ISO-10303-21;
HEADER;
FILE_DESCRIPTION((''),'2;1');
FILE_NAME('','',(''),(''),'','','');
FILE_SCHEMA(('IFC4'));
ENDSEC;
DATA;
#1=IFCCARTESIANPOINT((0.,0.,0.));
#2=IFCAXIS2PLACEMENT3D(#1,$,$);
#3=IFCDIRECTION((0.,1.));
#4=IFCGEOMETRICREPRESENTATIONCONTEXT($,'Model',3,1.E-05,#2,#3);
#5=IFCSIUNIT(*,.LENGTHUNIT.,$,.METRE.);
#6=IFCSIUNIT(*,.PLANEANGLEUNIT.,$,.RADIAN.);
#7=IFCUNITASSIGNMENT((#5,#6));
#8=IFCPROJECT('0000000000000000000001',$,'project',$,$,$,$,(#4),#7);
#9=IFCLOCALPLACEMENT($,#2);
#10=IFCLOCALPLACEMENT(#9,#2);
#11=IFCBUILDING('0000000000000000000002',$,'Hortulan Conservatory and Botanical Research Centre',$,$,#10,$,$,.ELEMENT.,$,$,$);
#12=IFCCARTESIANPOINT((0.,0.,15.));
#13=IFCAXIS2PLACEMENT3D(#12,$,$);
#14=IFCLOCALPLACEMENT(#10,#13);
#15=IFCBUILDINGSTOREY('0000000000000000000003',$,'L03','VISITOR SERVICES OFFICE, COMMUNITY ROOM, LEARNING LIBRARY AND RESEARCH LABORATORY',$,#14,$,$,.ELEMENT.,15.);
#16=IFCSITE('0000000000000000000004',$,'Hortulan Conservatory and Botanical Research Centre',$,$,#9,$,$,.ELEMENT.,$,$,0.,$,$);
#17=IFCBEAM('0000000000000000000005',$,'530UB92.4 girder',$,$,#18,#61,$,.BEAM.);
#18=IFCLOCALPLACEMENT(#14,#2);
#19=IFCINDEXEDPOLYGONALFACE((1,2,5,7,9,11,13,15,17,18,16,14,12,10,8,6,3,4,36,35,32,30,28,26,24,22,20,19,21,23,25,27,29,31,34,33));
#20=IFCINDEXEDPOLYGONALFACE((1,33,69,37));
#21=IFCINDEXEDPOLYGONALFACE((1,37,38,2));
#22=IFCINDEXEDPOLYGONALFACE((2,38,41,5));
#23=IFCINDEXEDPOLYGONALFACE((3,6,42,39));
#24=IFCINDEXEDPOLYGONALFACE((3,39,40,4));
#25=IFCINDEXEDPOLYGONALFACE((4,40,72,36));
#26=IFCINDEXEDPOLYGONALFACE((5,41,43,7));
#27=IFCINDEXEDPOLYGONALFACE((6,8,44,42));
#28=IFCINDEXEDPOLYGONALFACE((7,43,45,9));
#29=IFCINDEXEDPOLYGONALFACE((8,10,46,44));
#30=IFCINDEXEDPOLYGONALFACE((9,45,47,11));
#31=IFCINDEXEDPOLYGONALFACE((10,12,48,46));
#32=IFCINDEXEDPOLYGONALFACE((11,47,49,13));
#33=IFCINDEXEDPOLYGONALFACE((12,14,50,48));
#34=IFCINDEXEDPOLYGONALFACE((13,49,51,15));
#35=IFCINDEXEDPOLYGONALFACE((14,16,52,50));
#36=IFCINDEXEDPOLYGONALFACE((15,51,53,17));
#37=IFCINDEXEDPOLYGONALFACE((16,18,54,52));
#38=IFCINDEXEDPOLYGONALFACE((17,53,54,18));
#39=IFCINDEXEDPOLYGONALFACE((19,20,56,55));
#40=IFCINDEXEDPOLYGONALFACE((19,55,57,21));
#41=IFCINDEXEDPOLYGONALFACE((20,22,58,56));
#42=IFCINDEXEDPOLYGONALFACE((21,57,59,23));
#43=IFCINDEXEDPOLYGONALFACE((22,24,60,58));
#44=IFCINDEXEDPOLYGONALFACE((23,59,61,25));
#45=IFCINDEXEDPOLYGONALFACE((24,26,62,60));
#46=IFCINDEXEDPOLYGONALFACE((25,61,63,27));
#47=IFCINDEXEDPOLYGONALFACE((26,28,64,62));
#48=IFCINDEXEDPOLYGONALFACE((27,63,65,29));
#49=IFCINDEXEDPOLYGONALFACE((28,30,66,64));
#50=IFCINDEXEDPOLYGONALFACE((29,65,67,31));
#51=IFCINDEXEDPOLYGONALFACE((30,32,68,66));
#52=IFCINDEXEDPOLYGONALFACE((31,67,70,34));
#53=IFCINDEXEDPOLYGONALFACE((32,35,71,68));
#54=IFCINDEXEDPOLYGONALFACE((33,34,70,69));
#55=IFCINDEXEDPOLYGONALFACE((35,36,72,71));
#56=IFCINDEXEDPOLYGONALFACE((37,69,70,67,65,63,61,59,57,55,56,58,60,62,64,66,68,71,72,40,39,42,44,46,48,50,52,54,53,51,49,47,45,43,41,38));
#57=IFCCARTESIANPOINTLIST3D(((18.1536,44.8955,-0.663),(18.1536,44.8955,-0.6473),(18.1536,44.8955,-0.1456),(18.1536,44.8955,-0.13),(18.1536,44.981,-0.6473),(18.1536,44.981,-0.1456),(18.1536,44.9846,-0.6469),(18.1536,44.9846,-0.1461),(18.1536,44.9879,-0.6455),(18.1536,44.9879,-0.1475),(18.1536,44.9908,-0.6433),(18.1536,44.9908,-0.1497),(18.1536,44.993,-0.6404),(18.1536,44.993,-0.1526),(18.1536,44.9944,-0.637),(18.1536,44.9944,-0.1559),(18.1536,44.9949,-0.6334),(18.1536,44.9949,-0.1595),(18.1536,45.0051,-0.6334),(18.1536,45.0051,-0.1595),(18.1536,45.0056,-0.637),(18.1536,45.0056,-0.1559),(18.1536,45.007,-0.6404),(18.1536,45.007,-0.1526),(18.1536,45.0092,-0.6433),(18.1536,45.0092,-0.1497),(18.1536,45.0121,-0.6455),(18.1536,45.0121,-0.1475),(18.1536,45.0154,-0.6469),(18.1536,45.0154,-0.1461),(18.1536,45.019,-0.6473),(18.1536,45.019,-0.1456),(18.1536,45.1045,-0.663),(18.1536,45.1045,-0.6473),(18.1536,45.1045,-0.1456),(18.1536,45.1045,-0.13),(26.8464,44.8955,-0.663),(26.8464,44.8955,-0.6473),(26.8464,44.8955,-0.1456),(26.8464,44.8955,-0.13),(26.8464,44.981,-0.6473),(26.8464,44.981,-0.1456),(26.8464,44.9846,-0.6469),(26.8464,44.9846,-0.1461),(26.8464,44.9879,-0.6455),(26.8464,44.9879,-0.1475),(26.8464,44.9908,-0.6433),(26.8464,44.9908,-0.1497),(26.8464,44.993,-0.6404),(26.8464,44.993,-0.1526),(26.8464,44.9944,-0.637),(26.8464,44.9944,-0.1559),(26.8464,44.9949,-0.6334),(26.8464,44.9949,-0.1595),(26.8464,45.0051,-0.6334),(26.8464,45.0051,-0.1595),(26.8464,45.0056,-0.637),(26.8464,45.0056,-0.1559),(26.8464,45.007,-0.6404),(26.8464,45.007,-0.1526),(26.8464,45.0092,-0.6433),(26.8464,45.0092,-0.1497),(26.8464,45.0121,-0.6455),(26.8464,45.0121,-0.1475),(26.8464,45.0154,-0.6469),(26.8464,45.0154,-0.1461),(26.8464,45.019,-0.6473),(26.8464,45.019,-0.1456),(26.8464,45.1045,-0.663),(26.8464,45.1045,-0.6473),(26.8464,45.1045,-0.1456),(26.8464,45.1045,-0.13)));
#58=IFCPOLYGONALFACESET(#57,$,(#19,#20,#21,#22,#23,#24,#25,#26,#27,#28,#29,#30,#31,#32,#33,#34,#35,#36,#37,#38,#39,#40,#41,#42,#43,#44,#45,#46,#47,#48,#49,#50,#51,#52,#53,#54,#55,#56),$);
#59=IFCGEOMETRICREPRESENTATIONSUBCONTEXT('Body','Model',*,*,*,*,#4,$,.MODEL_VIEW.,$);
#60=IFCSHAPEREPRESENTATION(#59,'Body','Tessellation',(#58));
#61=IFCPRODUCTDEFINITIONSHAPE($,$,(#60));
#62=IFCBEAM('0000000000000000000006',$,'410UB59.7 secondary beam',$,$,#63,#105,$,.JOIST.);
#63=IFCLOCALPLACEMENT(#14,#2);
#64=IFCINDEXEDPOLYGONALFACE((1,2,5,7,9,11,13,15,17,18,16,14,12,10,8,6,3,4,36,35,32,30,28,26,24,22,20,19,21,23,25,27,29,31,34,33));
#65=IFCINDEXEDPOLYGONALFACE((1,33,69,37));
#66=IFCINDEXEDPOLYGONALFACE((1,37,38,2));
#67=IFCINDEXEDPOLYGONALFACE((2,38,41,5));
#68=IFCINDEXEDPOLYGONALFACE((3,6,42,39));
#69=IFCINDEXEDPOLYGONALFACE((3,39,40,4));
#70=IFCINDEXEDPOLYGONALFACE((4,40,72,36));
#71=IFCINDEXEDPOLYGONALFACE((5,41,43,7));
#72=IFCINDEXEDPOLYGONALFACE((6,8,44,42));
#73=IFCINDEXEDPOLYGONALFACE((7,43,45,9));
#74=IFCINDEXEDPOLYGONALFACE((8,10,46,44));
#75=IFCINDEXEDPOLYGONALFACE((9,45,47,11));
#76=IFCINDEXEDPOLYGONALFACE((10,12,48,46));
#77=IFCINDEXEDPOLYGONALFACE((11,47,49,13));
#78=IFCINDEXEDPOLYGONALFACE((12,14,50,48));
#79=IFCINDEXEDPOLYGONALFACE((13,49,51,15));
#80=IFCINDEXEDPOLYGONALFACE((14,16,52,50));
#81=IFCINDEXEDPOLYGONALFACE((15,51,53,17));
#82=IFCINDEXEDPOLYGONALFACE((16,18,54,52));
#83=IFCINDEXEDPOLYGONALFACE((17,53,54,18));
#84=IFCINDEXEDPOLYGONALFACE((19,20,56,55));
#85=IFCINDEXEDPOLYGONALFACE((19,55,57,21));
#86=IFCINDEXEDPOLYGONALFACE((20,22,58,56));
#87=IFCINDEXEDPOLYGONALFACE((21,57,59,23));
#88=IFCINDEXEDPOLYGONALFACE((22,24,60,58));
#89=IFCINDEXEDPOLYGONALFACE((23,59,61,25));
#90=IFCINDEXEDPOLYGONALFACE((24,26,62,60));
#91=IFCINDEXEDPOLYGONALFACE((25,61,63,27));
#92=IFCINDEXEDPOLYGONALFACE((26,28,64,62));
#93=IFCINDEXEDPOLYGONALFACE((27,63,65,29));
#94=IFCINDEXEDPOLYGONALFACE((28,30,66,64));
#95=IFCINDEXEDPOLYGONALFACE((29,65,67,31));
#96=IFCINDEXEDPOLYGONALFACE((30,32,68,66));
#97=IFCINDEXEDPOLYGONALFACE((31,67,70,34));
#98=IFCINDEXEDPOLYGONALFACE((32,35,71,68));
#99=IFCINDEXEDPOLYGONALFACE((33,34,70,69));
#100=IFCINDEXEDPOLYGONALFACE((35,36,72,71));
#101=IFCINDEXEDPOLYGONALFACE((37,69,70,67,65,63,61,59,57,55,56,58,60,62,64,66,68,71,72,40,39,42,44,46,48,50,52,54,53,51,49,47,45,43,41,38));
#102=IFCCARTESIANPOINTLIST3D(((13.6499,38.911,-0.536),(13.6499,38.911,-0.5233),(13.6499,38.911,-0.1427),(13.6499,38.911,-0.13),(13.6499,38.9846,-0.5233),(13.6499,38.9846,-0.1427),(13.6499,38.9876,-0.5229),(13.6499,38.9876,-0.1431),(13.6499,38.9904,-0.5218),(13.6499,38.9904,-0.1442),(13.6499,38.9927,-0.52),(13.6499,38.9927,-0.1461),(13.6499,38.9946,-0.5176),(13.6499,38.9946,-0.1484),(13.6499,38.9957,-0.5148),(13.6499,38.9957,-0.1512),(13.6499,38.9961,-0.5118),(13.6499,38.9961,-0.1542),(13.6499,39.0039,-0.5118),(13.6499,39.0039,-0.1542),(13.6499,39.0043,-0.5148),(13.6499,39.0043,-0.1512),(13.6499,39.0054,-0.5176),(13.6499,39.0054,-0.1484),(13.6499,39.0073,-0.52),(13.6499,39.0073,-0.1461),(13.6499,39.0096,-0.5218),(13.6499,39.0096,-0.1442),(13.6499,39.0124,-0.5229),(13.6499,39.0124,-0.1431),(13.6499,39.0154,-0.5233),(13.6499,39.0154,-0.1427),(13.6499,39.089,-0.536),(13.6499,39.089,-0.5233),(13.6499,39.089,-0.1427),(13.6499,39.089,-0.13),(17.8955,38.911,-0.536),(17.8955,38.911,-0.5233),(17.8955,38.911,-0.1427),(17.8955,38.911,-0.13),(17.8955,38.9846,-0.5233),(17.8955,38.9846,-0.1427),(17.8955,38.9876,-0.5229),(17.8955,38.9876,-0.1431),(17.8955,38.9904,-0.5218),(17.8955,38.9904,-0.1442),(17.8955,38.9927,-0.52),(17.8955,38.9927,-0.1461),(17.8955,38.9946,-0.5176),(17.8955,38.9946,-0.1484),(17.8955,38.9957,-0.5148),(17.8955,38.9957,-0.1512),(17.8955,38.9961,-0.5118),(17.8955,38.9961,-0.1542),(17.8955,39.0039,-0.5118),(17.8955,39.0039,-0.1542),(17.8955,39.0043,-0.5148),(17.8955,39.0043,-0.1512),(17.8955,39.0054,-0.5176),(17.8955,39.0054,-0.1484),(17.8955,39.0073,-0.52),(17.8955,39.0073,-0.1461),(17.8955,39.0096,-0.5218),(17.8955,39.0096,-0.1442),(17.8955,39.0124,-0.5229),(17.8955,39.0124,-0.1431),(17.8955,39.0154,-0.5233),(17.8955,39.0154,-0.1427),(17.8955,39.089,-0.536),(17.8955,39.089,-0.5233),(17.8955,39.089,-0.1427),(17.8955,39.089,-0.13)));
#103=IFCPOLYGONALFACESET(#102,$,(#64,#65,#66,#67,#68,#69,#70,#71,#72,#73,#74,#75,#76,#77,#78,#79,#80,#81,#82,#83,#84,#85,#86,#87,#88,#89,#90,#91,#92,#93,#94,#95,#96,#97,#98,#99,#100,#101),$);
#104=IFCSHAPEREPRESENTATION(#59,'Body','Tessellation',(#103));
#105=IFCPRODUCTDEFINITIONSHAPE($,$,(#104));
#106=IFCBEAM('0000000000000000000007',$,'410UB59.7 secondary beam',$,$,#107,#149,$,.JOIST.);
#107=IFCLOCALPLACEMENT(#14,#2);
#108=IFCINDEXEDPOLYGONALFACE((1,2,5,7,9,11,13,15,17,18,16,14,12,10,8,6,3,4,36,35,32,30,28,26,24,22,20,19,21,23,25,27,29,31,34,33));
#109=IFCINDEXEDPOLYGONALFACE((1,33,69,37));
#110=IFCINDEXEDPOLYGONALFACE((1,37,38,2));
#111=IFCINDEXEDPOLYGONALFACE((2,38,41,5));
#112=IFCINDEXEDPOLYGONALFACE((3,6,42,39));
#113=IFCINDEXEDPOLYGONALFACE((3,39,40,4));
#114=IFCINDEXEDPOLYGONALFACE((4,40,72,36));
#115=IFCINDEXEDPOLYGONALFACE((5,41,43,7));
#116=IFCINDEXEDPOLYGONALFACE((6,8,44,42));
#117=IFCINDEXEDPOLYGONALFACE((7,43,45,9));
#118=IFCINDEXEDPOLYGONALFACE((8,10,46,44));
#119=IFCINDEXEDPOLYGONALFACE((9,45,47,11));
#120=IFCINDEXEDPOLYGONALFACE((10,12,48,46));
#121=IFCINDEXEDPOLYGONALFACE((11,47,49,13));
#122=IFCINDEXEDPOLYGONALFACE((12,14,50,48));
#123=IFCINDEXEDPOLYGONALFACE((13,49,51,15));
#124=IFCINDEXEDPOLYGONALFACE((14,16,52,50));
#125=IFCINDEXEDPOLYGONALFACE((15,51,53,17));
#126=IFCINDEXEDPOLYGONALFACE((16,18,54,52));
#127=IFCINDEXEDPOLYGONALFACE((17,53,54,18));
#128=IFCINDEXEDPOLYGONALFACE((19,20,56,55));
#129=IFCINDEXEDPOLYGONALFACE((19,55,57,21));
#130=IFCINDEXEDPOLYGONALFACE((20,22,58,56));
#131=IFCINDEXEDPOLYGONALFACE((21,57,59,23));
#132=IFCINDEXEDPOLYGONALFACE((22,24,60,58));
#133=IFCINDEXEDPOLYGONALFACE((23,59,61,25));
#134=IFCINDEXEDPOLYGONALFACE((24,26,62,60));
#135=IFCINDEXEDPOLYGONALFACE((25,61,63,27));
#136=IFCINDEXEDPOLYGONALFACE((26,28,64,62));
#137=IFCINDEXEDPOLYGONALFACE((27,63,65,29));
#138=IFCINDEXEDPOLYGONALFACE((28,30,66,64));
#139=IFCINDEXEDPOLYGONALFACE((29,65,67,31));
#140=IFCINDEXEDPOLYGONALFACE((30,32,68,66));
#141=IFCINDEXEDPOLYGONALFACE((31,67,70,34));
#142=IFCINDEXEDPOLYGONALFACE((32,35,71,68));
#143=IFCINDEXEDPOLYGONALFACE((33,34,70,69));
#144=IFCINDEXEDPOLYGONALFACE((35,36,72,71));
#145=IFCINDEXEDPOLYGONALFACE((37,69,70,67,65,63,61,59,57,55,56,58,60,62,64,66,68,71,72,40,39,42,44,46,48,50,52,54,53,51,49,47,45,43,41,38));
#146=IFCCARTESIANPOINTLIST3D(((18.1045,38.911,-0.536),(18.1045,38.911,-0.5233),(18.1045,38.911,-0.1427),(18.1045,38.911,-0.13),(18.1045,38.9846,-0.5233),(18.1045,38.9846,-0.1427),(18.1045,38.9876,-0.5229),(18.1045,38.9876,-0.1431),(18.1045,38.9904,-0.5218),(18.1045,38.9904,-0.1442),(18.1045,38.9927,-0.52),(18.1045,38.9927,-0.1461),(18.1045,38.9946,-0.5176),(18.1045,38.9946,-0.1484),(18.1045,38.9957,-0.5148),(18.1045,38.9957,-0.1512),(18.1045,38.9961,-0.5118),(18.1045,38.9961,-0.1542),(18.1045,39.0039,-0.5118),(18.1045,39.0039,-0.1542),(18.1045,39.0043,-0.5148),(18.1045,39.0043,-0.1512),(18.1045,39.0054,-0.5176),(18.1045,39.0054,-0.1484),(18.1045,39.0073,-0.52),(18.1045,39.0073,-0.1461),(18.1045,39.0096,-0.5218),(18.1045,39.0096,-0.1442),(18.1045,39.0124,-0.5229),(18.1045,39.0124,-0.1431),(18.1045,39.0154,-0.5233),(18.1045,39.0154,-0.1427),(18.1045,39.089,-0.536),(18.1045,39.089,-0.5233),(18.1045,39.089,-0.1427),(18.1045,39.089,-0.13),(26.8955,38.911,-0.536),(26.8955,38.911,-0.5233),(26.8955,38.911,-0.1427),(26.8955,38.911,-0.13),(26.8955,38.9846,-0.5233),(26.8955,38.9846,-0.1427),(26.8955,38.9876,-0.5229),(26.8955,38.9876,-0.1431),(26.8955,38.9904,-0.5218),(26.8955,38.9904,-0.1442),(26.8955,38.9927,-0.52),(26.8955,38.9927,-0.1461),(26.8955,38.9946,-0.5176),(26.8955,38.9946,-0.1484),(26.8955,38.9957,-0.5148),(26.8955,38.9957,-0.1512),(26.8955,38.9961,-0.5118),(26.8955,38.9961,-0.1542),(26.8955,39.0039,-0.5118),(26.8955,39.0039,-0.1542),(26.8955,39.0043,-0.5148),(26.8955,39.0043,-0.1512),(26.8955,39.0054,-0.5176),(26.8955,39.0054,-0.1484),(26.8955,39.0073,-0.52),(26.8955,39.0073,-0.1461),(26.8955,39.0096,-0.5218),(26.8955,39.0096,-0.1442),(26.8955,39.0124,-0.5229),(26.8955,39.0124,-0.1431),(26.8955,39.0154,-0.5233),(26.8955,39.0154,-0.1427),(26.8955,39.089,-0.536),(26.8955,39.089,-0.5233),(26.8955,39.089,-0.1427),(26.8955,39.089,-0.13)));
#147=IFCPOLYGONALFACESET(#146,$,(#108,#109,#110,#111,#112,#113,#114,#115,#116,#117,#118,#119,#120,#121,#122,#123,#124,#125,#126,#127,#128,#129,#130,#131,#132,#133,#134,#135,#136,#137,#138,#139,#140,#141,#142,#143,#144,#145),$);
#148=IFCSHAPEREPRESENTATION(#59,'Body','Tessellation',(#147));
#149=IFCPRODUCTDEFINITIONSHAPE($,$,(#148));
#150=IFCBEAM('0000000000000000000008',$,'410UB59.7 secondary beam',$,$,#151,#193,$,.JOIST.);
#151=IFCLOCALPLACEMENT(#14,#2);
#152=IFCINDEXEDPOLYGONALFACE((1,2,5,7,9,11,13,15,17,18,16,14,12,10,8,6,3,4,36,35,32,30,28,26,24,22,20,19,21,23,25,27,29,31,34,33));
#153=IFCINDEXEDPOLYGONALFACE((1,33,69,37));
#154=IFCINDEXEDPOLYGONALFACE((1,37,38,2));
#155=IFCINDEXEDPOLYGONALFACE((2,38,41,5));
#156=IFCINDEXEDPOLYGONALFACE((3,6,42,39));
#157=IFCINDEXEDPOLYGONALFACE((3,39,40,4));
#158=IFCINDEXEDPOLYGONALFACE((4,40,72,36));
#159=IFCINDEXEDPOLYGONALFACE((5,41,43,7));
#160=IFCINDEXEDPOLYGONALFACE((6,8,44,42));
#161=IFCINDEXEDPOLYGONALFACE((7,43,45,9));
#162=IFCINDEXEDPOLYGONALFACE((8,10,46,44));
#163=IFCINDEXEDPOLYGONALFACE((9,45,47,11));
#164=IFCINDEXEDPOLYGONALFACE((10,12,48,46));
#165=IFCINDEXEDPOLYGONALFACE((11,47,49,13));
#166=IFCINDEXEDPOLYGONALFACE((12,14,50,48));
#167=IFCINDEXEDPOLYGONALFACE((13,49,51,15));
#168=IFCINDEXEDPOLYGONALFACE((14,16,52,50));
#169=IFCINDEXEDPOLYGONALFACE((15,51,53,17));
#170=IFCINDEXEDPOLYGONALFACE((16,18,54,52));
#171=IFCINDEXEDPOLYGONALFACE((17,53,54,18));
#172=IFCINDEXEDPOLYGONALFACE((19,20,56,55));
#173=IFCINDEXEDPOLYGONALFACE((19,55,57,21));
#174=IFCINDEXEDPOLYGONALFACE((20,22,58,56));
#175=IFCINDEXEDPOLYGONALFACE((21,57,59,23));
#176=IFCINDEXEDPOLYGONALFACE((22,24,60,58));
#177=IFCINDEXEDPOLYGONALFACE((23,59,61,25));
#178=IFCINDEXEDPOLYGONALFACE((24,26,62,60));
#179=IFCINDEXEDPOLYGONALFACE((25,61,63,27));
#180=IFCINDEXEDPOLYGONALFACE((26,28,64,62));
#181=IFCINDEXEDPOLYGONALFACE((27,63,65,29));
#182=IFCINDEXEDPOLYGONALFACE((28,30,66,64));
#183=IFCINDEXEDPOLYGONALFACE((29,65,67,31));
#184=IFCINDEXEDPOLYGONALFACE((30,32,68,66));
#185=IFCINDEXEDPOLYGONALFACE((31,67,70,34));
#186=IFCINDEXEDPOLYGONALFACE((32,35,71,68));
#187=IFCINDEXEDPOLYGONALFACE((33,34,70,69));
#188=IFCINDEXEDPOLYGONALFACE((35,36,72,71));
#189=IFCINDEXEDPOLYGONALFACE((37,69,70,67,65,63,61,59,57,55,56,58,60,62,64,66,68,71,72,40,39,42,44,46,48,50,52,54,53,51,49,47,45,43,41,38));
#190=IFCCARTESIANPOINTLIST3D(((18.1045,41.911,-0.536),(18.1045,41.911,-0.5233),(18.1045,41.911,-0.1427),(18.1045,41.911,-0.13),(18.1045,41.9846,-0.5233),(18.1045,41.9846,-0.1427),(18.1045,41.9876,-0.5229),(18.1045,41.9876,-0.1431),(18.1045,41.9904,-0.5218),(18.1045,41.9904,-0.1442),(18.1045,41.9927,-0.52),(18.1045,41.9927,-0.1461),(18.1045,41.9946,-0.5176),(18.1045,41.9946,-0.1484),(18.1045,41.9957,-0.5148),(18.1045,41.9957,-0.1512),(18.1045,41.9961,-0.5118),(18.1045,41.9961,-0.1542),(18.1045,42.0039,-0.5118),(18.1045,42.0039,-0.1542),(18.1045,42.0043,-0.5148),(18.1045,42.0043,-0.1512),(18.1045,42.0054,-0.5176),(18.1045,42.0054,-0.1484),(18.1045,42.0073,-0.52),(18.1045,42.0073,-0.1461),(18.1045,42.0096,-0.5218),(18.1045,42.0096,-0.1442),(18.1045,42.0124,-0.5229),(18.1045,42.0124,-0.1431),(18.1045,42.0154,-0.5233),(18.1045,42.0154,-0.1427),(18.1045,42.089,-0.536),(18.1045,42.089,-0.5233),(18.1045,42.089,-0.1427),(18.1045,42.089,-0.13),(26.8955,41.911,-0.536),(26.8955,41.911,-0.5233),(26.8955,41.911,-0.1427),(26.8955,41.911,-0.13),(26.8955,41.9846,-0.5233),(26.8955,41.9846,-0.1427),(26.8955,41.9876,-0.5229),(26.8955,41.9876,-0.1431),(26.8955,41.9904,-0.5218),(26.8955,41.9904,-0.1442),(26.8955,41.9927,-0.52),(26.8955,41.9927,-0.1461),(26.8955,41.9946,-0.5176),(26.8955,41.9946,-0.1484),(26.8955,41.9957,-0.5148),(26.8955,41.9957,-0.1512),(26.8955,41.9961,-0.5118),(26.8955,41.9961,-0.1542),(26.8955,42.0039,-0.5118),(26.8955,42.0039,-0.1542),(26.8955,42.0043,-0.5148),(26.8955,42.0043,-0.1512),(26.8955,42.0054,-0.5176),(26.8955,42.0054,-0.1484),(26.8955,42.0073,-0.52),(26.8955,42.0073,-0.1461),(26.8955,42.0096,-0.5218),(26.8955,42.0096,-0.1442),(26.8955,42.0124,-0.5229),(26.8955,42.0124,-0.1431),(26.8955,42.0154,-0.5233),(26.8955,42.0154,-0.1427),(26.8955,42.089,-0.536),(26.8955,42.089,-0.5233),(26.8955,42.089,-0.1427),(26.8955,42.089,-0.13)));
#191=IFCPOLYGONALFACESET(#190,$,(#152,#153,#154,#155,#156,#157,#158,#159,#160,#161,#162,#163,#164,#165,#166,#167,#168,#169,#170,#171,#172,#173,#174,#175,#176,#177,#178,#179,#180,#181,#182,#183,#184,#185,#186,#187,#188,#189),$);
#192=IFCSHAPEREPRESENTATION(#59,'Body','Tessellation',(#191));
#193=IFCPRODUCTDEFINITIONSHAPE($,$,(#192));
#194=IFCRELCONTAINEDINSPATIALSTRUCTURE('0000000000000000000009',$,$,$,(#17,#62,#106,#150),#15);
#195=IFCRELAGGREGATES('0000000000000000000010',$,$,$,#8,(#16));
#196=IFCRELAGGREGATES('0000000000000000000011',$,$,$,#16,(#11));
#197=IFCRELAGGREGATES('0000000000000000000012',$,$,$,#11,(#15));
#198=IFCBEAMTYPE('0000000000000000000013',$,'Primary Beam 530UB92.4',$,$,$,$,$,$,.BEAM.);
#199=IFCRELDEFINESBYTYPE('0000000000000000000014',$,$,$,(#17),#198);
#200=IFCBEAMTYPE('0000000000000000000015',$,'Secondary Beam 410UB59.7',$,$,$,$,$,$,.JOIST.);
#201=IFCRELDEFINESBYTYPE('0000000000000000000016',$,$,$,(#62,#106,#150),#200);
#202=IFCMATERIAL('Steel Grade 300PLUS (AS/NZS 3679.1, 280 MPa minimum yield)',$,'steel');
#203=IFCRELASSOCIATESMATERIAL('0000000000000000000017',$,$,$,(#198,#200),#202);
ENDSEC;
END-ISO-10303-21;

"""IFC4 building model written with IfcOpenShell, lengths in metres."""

from ifc_helpers import new_model, si_unit, direction, frame, origin, origin_2d, place, context, subcontext, project, spatial, i_section, extrude, material, material_profile, profile_set, type_object, element, save


model = new_model("IFC4")

# Units and contexts
model_context = context("Model", 3, precision=1e-05, world=origin(), true_north=direction((0.0, 1.0)))
body_context = subcontext(model_context, "Body", "Model", "MODEL_VIEW")
ifc_project = project(units=[si_unit("LENGTHUNIT", "METRE"), si_unit("PLANEANGLEUNIT", "RADIAN")], contexts=[model_context])

# Site, building, storey
site_placement = place(None, origin())
site = spatial("IfcSite", under=ifc_project, at=site_placement, Name="Hortulan Conservatory and Botanical Research Centre", CompositionType="ELEMENT", RefElevation=0.0)
building_placement = place(site_placement, origin())
building = spatial("IfcBuilding", under=site, at=building_placement, Name="Hortulan Conservatory and Botanical Research Centre", CompositionType="ELEMENT")
storey_placement = place(building_placement, frame((0.0, 0.0, 15.0)))
storey = spatial("IfcBuildingStorey", under=building, at=storey_placement, Name="L03", Description="VISITOR SERVICES OFFICE, COMMUNITY ROOM, LEARNING LIBRARY AND RESEARCH LABORATORY", CompositionType="ELEMENT", Elevation=15.0)

# Shared definitions
ifc_material_1 = material(Name="Steel Grade 300PLUS (AS/NZS 3679.1, 280 MPa minimum yield)", Category="steel")

# Beams
ifc_material_profile_1 = material_profile(ifc_material_1, i_section(OverallWidth=0.209, OverallDepth=0.533, WebThickness=0.0103, FlangeThickness=0.0156, FilletRadius=0.0139, at=origin_2d()), Name="530UB92.4")
ifc_profile_set_1 = profile_set([ifc_material_profile_1], Name="Steel Grade 300PLUS (AS/NZS 3679.1, 280 MPa minimum yield)")
beam_type_1 = type_object("IfcBeamType", Name="Primary Beam 530UB92.4", PredefinedType="BEAM", material=ifc_profile_set_1)
beam_1_placement = place(storey_placement, frame((18.1536, 45.0, -0.3965), z_axis=(1.0, 0.0, 0.0), x_axis=(0.0, 1.0, 0.0)))
element("IfcBeam", 1, at=beam_1_placement, inside=storey, type_object=beam_type_1, Name="530UB92.4 girder", PredefinedType="BEAM", context=body_context, shape_type="SweptSolid", body=[
    extrude(i_section(OverallWidth=0.209, OverallDepth=0.533, WebThickness=0.0103, FlangeThickness=0.0156, FilletRadius=0.0139, at=origin_2d()), origin(), (0.0, 0.0, 1.0), 8.6929),
])
ifc_material_profile_2 = material_profile(ifc_material_1, i_section(OverallWidth=0.178, OverallDepth=0.406, WebThickness=0.0078, FlangeThickness=0.0127, FilletRadius=0.0115, at=origin_2d()), Name="410UB59.7")
ifc_profile_set_2 = profile_set([ifc_material_profile_2], Name="Steel Grade 300PLUS (AS/NZS 3679.1, 280 MPa minimum yield)")
beam_type_2 = type_object("IfcBeamType", Name="Secondary Beam 410UB59.7", PredefinedType="JOIST", material=ifc_profile_set_2)
beam_2_placement = place(storey_placement, frame((13.6499, 39.0, -0.333), z_axis=(1.0, 0.0, 0.0), x_axis=(0.0, 1.0, 0.0)))
element("IfcBeam", 2, at=beam_2_placement, inside=storey, type_object=beam_type_2, Name="410UB59.7 secondary beam", PredefinedType="JOIST", context=body_context, shape_type="SweptSolid", body=[
    extrude(i_section(OverallWidth=0.178, OverallDepth=0.406, WebThickness=0.0078, FlangeThickness=0.0127, FilletRadius=0.0115, at=origin_2d()), origin(), (0.0, 0.0, 1.0), 4.2456),
])
for number, where, z_axis, x_axis, name in (
    (3, (18.1045, 39.0, -0.333), (1.0, 0.0, 0.0), (0.0, 1.0, 0.0), "410UB59.7 secondary beam"),
    (4, (18.1045, 42.0, -0.333), (1.0, 0.0, 0.0), (0.0, 1.0, 0.0), "410UB59.7 secondary beam"),
):
    element("IfcBeam", number, at=place(storey_placement, frame(where, z_axis=z_axis, x_axis=x_axis)), inside=storey, type_object=beam_type_2, Name=name, PredefinedType="JOIST", context=body_context, shape_type="SweptSolid", body=[
        extrude(i_section(OverallWidth=0.178, OverallDepth=0.406, WebThickness=0.0078, FlangeThickness=0.0127, FilletRadius=0.0115, at=origin_2d()), origin(), (0.0, 0.0, 1.0), 8.791),
    ])

save(model, "model.ifc")
